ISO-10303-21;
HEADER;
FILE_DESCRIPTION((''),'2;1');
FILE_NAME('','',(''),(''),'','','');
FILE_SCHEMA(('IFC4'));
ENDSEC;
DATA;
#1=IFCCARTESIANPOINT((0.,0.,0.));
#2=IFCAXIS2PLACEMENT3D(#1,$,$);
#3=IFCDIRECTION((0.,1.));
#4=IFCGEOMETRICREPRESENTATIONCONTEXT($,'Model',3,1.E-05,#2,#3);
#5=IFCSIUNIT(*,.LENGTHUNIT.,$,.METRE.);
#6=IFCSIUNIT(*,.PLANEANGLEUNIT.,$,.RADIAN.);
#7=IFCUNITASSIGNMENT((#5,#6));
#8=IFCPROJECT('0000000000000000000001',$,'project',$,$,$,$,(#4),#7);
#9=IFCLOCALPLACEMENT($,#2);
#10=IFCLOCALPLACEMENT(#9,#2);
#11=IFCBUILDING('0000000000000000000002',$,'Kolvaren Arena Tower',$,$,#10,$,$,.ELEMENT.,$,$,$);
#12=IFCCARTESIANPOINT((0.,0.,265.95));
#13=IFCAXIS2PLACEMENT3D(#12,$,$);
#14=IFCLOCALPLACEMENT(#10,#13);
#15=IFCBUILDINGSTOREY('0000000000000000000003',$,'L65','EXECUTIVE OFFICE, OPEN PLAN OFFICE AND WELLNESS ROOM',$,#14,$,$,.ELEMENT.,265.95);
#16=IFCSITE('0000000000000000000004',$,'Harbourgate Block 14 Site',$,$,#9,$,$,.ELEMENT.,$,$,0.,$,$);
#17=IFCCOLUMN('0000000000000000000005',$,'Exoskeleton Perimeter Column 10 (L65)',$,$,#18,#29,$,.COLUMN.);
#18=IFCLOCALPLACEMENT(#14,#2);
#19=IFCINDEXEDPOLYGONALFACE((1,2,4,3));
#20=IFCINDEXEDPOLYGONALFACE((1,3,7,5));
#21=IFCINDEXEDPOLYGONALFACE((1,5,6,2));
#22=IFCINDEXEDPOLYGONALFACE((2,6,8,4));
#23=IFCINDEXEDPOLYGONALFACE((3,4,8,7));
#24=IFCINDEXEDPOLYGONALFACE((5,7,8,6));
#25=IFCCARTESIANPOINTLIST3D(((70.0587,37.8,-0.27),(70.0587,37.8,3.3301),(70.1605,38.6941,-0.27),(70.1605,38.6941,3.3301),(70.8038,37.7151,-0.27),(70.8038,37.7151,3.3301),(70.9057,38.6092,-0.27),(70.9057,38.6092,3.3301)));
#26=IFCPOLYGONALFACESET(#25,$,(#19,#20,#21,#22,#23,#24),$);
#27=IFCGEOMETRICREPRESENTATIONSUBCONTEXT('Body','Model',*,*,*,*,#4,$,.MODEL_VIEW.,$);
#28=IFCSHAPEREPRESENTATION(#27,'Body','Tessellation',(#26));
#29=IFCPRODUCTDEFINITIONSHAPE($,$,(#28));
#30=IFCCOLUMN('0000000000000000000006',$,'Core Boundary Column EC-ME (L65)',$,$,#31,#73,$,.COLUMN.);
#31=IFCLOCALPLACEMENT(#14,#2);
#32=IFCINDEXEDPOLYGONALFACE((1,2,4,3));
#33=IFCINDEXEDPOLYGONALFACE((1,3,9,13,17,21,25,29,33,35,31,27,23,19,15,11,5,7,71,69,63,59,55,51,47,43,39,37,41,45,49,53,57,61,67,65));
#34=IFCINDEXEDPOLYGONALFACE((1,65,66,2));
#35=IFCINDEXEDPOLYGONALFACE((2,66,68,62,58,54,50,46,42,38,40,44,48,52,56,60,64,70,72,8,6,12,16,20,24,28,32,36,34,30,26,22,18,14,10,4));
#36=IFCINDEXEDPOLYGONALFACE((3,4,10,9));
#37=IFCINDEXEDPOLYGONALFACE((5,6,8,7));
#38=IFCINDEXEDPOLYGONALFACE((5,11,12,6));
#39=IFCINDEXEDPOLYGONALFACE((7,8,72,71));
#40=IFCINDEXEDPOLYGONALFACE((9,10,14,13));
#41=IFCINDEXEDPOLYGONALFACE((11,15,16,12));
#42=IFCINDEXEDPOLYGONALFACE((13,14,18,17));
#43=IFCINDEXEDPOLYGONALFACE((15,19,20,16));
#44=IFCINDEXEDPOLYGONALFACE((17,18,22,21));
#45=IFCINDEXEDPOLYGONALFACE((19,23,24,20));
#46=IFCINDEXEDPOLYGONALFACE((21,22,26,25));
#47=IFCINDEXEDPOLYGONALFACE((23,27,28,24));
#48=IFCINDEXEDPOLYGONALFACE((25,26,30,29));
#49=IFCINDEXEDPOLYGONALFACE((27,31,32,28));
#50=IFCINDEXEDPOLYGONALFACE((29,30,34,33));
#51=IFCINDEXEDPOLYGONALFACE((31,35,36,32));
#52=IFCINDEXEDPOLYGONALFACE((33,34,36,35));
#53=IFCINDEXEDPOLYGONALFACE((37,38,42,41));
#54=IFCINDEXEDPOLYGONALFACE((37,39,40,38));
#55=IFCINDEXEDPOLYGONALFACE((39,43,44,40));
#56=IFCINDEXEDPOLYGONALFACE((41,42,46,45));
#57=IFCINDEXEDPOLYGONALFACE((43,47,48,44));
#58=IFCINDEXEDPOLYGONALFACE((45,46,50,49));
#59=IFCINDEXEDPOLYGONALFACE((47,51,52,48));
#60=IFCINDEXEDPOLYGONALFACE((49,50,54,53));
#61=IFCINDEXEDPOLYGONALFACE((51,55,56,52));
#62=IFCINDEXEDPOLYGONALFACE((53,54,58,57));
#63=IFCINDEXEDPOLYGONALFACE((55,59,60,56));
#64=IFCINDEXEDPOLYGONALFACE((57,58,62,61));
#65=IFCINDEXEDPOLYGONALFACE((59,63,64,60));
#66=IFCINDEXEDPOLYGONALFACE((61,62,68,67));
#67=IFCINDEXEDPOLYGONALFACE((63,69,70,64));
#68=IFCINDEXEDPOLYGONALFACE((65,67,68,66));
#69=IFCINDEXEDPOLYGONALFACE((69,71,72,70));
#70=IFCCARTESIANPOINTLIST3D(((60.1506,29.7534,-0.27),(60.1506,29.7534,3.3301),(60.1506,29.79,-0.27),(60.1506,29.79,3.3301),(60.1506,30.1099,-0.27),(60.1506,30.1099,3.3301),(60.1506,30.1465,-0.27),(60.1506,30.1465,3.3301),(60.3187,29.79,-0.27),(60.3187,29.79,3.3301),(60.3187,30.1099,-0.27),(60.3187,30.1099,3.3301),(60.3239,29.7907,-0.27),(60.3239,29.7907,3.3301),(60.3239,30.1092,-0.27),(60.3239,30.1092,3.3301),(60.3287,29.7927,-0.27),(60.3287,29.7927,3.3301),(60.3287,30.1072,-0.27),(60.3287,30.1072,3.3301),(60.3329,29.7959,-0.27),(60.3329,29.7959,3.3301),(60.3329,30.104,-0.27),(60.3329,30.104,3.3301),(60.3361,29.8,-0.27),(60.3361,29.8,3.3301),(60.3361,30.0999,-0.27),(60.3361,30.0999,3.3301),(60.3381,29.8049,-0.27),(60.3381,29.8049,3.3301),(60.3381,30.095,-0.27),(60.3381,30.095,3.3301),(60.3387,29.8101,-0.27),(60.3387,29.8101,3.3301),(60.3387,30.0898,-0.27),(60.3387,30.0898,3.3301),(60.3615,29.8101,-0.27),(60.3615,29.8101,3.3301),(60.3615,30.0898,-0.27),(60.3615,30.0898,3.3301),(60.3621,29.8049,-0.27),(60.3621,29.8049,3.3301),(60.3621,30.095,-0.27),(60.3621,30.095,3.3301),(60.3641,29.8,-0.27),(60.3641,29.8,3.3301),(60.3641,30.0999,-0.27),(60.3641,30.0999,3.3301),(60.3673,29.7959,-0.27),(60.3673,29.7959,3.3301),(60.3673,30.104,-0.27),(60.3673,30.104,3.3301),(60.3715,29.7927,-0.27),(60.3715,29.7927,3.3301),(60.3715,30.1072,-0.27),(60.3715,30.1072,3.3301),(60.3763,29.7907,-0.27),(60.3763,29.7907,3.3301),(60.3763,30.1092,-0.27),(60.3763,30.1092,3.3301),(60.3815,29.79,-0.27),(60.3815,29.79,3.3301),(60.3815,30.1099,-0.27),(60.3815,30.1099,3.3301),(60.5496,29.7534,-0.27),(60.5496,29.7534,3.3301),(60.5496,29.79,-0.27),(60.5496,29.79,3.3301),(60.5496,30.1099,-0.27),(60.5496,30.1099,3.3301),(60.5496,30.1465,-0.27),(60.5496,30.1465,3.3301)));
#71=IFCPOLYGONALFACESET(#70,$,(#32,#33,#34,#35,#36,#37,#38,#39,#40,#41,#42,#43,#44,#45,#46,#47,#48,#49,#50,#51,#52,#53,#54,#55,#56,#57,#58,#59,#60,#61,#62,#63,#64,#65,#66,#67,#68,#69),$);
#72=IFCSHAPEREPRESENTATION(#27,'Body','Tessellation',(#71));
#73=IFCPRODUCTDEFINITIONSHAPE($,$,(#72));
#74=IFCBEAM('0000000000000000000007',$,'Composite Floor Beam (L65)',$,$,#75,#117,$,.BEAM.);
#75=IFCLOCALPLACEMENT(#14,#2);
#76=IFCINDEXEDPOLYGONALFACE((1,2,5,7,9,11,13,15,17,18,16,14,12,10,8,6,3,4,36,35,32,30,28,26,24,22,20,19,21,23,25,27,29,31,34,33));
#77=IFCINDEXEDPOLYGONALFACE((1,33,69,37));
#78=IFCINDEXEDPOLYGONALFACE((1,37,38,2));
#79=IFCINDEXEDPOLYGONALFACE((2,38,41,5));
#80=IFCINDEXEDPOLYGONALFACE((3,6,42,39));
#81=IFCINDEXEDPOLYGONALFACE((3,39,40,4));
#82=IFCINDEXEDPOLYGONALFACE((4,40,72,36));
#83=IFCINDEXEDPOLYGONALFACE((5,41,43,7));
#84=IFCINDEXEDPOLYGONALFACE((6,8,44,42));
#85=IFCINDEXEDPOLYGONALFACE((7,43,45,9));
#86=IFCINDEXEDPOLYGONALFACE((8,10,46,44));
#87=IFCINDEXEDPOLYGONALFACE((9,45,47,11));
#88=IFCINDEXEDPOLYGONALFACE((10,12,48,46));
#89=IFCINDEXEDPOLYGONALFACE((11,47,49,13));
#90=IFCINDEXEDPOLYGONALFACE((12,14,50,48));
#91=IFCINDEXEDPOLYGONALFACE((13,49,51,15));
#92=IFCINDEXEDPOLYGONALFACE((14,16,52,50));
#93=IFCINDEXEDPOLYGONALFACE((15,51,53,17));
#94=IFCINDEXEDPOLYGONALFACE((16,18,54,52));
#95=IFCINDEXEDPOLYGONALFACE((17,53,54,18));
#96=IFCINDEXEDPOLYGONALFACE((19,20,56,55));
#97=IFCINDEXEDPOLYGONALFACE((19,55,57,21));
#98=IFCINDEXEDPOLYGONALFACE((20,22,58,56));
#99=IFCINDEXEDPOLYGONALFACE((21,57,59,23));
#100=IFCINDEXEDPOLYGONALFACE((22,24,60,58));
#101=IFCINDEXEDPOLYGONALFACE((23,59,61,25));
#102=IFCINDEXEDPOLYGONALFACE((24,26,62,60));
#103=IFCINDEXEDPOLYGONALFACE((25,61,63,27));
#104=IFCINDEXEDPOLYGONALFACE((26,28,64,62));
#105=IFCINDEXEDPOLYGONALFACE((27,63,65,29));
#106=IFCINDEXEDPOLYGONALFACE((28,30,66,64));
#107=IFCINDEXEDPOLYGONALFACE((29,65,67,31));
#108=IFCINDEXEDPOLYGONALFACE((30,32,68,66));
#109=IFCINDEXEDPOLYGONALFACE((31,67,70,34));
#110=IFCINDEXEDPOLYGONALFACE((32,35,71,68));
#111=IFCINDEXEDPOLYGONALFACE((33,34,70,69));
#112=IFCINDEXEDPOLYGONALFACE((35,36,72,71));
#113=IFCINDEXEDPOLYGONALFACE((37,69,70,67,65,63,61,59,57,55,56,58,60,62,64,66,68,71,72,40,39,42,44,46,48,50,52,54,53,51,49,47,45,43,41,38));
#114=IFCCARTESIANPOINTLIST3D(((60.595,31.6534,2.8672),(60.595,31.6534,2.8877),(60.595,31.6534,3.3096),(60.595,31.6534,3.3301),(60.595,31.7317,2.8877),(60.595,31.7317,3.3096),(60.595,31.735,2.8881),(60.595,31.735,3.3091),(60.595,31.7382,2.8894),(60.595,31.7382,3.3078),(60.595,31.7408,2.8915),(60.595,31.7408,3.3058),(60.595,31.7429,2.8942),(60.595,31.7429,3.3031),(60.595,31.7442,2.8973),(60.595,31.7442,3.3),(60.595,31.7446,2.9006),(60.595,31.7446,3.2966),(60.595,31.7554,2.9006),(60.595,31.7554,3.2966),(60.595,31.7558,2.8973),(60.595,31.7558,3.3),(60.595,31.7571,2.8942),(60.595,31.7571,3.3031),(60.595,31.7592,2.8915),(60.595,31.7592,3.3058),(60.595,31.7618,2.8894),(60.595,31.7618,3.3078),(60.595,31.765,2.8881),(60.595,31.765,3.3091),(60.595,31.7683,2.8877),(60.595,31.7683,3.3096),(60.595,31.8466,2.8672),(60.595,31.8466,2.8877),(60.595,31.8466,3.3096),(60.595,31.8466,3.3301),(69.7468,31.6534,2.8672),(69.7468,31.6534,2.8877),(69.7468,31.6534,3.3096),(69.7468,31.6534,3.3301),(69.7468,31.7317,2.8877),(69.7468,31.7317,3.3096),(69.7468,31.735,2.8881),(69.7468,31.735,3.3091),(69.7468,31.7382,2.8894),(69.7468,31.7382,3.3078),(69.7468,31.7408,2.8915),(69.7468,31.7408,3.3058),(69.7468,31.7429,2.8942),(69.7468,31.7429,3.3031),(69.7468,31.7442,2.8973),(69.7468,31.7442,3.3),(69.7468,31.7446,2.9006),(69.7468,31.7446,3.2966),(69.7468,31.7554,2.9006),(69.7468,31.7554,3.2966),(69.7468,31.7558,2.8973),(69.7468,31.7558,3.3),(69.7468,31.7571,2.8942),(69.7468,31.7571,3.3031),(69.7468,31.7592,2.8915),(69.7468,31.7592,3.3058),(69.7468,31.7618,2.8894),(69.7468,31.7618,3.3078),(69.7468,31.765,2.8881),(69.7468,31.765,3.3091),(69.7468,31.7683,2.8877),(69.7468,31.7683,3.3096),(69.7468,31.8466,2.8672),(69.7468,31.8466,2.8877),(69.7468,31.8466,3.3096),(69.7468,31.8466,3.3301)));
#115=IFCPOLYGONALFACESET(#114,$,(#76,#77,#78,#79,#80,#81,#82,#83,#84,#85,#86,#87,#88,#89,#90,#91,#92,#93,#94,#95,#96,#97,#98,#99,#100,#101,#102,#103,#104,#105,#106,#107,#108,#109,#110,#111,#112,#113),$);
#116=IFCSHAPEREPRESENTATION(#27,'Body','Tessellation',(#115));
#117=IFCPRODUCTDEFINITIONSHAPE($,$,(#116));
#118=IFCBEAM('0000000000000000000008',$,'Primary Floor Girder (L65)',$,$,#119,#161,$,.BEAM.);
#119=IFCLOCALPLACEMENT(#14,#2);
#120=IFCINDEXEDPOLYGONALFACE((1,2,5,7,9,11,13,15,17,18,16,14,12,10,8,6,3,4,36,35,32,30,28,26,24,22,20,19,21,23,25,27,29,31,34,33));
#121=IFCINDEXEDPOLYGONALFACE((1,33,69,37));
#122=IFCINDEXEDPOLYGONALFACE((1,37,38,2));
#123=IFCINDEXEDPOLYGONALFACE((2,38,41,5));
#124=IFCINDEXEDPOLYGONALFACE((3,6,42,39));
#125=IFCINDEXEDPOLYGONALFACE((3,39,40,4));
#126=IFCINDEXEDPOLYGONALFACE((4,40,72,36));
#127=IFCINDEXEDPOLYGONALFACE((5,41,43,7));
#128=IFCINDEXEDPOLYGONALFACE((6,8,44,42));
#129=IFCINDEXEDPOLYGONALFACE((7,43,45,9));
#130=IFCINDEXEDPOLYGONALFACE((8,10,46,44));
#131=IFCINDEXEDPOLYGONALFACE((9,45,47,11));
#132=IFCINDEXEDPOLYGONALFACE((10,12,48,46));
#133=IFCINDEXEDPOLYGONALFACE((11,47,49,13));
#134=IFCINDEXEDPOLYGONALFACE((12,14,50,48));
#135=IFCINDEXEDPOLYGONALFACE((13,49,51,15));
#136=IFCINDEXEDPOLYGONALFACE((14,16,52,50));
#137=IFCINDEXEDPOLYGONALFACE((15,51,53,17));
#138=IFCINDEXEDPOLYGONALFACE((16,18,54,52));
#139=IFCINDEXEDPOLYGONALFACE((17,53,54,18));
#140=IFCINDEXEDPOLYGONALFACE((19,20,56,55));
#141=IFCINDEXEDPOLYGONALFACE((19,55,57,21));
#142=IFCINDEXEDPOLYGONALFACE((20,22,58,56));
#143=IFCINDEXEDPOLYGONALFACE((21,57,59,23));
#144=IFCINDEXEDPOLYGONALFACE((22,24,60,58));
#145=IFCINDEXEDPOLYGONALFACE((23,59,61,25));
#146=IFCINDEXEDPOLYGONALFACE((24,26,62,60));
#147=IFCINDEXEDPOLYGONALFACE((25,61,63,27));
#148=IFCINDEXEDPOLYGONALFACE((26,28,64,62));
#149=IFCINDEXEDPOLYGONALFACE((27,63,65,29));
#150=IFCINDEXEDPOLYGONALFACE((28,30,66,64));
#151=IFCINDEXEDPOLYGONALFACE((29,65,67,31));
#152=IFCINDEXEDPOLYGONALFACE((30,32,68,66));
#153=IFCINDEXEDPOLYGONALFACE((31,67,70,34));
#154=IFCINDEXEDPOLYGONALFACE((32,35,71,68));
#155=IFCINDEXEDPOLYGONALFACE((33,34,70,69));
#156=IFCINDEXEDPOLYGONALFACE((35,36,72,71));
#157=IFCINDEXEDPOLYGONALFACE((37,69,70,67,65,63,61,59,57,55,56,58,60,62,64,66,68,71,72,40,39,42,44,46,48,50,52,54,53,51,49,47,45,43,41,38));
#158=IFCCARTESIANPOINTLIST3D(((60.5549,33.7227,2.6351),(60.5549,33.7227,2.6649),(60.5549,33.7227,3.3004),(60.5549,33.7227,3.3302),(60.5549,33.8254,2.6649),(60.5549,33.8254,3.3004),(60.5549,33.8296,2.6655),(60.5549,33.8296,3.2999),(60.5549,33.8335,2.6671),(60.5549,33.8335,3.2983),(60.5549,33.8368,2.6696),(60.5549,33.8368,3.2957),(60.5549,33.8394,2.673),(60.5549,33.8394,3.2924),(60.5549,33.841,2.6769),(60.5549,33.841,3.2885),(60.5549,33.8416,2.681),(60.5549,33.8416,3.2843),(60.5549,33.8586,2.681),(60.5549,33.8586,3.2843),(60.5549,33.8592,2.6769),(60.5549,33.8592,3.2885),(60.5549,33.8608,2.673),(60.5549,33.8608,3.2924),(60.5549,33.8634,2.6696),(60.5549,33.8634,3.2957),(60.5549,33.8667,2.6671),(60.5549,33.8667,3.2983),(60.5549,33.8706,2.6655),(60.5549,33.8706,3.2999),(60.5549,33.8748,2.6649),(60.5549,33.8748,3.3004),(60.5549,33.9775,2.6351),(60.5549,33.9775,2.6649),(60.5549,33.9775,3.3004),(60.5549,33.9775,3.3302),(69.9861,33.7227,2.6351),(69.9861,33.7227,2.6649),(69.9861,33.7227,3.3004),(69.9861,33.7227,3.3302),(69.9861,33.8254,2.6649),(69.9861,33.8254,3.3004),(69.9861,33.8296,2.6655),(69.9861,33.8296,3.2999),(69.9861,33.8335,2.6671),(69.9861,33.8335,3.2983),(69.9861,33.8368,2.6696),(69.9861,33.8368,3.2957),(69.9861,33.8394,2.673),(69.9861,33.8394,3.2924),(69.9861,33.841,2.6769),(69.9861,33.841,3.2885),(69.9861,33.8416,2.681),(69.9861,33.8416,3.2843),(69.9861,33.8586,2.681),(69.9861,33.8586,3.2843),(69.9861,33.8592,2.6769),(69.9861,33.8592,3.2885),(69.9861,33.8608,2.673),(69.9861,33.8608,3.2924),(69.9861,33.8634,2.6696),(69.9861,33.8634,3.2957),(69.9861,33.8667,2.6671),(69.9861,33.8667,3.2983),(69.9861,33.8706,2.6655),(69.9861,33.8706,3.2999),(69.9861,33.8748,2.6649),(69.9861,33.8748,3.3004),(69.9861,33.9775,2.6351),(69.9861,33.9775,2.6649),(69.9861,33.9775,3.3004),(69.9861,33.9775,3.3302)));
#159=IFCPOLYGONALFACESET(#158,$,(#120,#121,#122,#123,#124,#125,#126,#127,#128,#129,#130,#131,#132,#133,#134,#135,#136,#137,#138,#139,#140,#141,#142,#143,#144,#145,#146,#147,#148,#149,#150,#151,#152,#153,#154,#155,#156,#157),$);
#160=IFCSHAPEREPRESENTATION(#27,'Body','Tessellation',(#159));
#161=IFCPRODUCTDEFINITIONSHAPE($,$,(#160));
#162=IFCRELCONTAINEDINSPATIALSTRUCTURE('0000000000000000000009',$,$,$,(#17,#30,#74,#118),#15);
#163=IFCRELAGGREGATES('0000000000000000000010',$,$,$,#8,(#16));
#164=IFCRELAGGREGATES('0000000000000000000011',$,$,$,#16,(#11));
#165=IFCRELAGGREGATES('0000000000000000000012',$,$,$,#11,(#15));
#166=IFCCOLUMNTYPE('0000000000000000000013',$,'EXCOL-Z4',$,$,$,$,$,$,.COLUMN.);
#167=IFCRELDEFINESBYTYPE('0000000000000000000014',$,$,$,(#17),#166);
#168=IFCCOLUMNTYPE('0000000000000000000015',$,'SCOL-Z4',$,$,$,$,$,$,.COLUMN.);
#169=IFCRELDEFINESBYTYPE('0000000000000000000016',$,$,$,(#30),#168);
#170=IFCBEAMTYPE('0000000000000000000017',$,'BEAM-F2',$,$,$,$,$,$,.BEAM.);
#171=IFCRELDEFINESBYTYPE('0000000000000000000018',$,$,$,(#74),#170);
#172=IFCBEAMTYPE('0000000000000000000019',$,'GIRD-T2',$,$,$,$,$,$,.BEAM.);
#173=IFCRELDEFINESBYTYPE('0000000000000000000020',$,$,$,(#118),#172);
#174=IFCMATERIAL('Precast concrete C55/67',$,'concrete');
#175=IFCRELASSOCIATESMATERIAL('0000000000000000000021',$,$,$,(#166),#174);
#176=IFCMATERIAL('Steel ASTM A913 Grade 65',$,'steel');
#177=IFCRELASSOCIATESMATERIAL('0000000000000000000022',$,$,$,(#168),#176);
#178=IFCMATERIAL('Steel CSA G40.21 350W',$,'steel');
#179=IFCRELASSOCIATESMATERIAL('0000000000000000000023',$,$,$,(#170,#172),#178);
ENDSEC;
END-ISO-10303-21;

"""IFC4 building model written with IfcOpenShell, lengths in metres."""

from ifc_helpers import new_model, si_unit, direction, frame, origin, origin_2d, place, context, subcontext, project, spatial, rectangle, i_section, extrude, material, material_profile, profile_set, type_object, element, save


model = new_model("IFC4")

# Units and contexts
model_context = context("Model", 3, precision=1e-05, world=origin(), true_north=direction((0.0, 1.0)))
body_context = subcontext(model_context, "Body", "Model", "MODEL_VIEW")
ifc_project = project(units=[si_unit("LENGTHUNIT", "METRE"), si_unit("PLANEANGLEUNIT", "RADIAN")], contexts=[model_context])

# Site, building, storey
site_placement = place(None, origin())
site = spatial("IfcSite", under=ifc_project, at=site_placement, Name="Harbourgate Block 14 Site", CompositionType="ELEMENT", RefElevation=0.0)
building_placement = place(site_placement, origin())
building = spatial("IfcBuilding", under=site, at=building_placement, Name="Kolvaren Arena Tower", CompositionType="ELEMENT")
storey_placement = place(building_placement, frame((0.0, 0.0, 265.95)))
storey = spatial("IfcBuildingStorey", under=building, at=storey_placement, Name="L65", Description="EXECUTIVE OFFICE, OPEN PLAN OFFICE AND WELLNESS ROOM", CompositionType="ELEMENT", Elevation=265.95)

# Columns
ifc_material_1 = material(Name="Precast concrete C55/67", Category="concrete")
ifc_material_profile_1 = material_profile(ifc_material_1, rectangle(XDim=0.8999, YDim=0.75, at=origin_2d()), Name="RC-900x750")
ifc_profile_set_1 = profile_set([ifc_material_profile_1], Name="Precast concrete C55/67")
column_type_1 = type_object("IfcColumnType", Name="EXCOL-Z4", PredefinedType="COLUMN", material=ifc_profile_set_1)
column_1_placement = place(storey_placement, frame((70.4822, 38.2046, -0.27), z_axis=(0.0, 0.0, 1.0), x_axis=(0.113203, 0.993572, 0.0)))
element("IfcColumn", 1, at=column_1_placement, inside=storey, type_object=column_type_1, Name="Exoskeleton Perimeter Column 10 (L65)", PredefinedType="COLUMN", context=body_context, shape_type="SweptSolid", body=[
    extrude(rectangle(XDim=0.8999, YDim=0.75, at=origin_2d()), origin(), (0.0, 0.0, 1.0), 3.6001),
])
ifc_material_2 = material(Name="Steel ASTM A913 Grade 65", Category="steel")
ifc_material_profile_2 = material_profile(ifc_material_2, i_section(OverallWidth=0.3989, OverallDepth=0.3931, WebThickness=0.0227, FlangeThickness=0.0366, FilletRadius=0.02, at=origin_2d()), Name="W360x287")
ifc_profile_set_2 = profile_set([ifc_material_profile_2], Name="Steel ASTM A913 Grade 65")
column_type_2 = type_object("IfcColumnType", Name="SCOL-Z4", PredefinedType="COLUMN", material=ifc_profile_set_2)
column_2_placement = place(storey_placement, frame((60.3501, 29.95, -0.27), z_axis=(0.0, 0.0, 1.0), x_axis=(1.0, 0.0, 0.0)))
element("IfcColumn", 2, at=column_2_placement, inside=storey, type_object=column_type_2, Name="Core Boundary Column EC-ME (L65)", PredefinedType="COLUMN", context=body_context, shape_type="SweptSolid", body=[
    extrude(i_section(OverallWidth=0.3989, OverallDepth=0.3931, WebThickness=0.0227, FlangeThickness=0.0366, FilletRadius=0.02, at=origin_2d()), origin(), (0.0, 0.0, 1.0), 3.6001),
])

# Beams
ifc_material_3 = material(Name="Steel CSA G40.21 350W", Category="steel")
ifc_material_profile_3 = material_profile(ifc_material_3, i_section(OverallWidth=0.1931, OverallDepth=0.4629, WebThickness=0.0107, FlangeThickness=0.0205, FilletRadius=0.0129, at=origin_2d()), Name="W460x113")
ifc_profile_set_3 = profile_set([ifc_material_profile_3], Name="Steel CSA G40.21 350W")
beam_type_1 = type_object("IfcBeamType", Name="BEAM-F2", PredefinedType="BEAM", material=ifc_profile_set_3)
beam_1_placement = place(storey_placement, frame((60.595, 31.75, 3.0986), z_axis=(1.0, 0.0, 0.0), x_axis=(0.0, 1.0, 0.0)))
element("IfcBeam", 3, at=beam_1_placement, inside=storey, type_object=beam_type_1, Name="Composite Floor Beam (L65)", PredefinedType="BEAM", context=body_context, shape_type="SweptSolid", body=[
    extrude(i_section(OverallWidth=0.1931, OverallDepth=0.4629, WebThickness=0.0107, FlangeThickness=0.0205, FilletRadius=0.0129, at=origin_2d()), origin(), (0.0, 0.0, 1.0), 9.1519),
])
ifc_material_profile_4 = material_profile(ifc_material_3, i_section(OverallWidth=0.2549, OverallDepth=0.6951, WebThickness=0.0171, FlangeThickness=0.0298, FilletRadius=0.0161, at=origin_2d()), Name="W690x217")
ifc_profile_set_4 = profile_set([ifc_material_profile_4], Name="Steel CSA G40.21 350W")
beam_type_2 = type_object("IfcBeamType", Name="GIRD-T2", PredefinedType="BEAM", material=ifc_profile_set_4)
beam_2_placement = place(storey_placement, frame((60.5549, 33.8501, 2.9827), z_axis=(1.0, 0.0, 0.0), x_axis=(0.0, 1.0, 0.0)))
element("IfcBeam", 4, at=beam_2_placement, inside=storey, type_object=beam_type_2, Name="Primary Floor Girder (L65)", PredefinedType="BEAM", context=body_context, shape_type="SweptSolid", body=[
    extrude(i_section(OverallWidth=0.2549, OverallDepth=0.6951, WebThickness=0.0171, FlangeThickness=0.0298, FilletRadius=0.0161, at=origin_2d()), origin(), (0.0, 0.0, 1.0), 9.4312),
])

save(model, "model.ifc")
